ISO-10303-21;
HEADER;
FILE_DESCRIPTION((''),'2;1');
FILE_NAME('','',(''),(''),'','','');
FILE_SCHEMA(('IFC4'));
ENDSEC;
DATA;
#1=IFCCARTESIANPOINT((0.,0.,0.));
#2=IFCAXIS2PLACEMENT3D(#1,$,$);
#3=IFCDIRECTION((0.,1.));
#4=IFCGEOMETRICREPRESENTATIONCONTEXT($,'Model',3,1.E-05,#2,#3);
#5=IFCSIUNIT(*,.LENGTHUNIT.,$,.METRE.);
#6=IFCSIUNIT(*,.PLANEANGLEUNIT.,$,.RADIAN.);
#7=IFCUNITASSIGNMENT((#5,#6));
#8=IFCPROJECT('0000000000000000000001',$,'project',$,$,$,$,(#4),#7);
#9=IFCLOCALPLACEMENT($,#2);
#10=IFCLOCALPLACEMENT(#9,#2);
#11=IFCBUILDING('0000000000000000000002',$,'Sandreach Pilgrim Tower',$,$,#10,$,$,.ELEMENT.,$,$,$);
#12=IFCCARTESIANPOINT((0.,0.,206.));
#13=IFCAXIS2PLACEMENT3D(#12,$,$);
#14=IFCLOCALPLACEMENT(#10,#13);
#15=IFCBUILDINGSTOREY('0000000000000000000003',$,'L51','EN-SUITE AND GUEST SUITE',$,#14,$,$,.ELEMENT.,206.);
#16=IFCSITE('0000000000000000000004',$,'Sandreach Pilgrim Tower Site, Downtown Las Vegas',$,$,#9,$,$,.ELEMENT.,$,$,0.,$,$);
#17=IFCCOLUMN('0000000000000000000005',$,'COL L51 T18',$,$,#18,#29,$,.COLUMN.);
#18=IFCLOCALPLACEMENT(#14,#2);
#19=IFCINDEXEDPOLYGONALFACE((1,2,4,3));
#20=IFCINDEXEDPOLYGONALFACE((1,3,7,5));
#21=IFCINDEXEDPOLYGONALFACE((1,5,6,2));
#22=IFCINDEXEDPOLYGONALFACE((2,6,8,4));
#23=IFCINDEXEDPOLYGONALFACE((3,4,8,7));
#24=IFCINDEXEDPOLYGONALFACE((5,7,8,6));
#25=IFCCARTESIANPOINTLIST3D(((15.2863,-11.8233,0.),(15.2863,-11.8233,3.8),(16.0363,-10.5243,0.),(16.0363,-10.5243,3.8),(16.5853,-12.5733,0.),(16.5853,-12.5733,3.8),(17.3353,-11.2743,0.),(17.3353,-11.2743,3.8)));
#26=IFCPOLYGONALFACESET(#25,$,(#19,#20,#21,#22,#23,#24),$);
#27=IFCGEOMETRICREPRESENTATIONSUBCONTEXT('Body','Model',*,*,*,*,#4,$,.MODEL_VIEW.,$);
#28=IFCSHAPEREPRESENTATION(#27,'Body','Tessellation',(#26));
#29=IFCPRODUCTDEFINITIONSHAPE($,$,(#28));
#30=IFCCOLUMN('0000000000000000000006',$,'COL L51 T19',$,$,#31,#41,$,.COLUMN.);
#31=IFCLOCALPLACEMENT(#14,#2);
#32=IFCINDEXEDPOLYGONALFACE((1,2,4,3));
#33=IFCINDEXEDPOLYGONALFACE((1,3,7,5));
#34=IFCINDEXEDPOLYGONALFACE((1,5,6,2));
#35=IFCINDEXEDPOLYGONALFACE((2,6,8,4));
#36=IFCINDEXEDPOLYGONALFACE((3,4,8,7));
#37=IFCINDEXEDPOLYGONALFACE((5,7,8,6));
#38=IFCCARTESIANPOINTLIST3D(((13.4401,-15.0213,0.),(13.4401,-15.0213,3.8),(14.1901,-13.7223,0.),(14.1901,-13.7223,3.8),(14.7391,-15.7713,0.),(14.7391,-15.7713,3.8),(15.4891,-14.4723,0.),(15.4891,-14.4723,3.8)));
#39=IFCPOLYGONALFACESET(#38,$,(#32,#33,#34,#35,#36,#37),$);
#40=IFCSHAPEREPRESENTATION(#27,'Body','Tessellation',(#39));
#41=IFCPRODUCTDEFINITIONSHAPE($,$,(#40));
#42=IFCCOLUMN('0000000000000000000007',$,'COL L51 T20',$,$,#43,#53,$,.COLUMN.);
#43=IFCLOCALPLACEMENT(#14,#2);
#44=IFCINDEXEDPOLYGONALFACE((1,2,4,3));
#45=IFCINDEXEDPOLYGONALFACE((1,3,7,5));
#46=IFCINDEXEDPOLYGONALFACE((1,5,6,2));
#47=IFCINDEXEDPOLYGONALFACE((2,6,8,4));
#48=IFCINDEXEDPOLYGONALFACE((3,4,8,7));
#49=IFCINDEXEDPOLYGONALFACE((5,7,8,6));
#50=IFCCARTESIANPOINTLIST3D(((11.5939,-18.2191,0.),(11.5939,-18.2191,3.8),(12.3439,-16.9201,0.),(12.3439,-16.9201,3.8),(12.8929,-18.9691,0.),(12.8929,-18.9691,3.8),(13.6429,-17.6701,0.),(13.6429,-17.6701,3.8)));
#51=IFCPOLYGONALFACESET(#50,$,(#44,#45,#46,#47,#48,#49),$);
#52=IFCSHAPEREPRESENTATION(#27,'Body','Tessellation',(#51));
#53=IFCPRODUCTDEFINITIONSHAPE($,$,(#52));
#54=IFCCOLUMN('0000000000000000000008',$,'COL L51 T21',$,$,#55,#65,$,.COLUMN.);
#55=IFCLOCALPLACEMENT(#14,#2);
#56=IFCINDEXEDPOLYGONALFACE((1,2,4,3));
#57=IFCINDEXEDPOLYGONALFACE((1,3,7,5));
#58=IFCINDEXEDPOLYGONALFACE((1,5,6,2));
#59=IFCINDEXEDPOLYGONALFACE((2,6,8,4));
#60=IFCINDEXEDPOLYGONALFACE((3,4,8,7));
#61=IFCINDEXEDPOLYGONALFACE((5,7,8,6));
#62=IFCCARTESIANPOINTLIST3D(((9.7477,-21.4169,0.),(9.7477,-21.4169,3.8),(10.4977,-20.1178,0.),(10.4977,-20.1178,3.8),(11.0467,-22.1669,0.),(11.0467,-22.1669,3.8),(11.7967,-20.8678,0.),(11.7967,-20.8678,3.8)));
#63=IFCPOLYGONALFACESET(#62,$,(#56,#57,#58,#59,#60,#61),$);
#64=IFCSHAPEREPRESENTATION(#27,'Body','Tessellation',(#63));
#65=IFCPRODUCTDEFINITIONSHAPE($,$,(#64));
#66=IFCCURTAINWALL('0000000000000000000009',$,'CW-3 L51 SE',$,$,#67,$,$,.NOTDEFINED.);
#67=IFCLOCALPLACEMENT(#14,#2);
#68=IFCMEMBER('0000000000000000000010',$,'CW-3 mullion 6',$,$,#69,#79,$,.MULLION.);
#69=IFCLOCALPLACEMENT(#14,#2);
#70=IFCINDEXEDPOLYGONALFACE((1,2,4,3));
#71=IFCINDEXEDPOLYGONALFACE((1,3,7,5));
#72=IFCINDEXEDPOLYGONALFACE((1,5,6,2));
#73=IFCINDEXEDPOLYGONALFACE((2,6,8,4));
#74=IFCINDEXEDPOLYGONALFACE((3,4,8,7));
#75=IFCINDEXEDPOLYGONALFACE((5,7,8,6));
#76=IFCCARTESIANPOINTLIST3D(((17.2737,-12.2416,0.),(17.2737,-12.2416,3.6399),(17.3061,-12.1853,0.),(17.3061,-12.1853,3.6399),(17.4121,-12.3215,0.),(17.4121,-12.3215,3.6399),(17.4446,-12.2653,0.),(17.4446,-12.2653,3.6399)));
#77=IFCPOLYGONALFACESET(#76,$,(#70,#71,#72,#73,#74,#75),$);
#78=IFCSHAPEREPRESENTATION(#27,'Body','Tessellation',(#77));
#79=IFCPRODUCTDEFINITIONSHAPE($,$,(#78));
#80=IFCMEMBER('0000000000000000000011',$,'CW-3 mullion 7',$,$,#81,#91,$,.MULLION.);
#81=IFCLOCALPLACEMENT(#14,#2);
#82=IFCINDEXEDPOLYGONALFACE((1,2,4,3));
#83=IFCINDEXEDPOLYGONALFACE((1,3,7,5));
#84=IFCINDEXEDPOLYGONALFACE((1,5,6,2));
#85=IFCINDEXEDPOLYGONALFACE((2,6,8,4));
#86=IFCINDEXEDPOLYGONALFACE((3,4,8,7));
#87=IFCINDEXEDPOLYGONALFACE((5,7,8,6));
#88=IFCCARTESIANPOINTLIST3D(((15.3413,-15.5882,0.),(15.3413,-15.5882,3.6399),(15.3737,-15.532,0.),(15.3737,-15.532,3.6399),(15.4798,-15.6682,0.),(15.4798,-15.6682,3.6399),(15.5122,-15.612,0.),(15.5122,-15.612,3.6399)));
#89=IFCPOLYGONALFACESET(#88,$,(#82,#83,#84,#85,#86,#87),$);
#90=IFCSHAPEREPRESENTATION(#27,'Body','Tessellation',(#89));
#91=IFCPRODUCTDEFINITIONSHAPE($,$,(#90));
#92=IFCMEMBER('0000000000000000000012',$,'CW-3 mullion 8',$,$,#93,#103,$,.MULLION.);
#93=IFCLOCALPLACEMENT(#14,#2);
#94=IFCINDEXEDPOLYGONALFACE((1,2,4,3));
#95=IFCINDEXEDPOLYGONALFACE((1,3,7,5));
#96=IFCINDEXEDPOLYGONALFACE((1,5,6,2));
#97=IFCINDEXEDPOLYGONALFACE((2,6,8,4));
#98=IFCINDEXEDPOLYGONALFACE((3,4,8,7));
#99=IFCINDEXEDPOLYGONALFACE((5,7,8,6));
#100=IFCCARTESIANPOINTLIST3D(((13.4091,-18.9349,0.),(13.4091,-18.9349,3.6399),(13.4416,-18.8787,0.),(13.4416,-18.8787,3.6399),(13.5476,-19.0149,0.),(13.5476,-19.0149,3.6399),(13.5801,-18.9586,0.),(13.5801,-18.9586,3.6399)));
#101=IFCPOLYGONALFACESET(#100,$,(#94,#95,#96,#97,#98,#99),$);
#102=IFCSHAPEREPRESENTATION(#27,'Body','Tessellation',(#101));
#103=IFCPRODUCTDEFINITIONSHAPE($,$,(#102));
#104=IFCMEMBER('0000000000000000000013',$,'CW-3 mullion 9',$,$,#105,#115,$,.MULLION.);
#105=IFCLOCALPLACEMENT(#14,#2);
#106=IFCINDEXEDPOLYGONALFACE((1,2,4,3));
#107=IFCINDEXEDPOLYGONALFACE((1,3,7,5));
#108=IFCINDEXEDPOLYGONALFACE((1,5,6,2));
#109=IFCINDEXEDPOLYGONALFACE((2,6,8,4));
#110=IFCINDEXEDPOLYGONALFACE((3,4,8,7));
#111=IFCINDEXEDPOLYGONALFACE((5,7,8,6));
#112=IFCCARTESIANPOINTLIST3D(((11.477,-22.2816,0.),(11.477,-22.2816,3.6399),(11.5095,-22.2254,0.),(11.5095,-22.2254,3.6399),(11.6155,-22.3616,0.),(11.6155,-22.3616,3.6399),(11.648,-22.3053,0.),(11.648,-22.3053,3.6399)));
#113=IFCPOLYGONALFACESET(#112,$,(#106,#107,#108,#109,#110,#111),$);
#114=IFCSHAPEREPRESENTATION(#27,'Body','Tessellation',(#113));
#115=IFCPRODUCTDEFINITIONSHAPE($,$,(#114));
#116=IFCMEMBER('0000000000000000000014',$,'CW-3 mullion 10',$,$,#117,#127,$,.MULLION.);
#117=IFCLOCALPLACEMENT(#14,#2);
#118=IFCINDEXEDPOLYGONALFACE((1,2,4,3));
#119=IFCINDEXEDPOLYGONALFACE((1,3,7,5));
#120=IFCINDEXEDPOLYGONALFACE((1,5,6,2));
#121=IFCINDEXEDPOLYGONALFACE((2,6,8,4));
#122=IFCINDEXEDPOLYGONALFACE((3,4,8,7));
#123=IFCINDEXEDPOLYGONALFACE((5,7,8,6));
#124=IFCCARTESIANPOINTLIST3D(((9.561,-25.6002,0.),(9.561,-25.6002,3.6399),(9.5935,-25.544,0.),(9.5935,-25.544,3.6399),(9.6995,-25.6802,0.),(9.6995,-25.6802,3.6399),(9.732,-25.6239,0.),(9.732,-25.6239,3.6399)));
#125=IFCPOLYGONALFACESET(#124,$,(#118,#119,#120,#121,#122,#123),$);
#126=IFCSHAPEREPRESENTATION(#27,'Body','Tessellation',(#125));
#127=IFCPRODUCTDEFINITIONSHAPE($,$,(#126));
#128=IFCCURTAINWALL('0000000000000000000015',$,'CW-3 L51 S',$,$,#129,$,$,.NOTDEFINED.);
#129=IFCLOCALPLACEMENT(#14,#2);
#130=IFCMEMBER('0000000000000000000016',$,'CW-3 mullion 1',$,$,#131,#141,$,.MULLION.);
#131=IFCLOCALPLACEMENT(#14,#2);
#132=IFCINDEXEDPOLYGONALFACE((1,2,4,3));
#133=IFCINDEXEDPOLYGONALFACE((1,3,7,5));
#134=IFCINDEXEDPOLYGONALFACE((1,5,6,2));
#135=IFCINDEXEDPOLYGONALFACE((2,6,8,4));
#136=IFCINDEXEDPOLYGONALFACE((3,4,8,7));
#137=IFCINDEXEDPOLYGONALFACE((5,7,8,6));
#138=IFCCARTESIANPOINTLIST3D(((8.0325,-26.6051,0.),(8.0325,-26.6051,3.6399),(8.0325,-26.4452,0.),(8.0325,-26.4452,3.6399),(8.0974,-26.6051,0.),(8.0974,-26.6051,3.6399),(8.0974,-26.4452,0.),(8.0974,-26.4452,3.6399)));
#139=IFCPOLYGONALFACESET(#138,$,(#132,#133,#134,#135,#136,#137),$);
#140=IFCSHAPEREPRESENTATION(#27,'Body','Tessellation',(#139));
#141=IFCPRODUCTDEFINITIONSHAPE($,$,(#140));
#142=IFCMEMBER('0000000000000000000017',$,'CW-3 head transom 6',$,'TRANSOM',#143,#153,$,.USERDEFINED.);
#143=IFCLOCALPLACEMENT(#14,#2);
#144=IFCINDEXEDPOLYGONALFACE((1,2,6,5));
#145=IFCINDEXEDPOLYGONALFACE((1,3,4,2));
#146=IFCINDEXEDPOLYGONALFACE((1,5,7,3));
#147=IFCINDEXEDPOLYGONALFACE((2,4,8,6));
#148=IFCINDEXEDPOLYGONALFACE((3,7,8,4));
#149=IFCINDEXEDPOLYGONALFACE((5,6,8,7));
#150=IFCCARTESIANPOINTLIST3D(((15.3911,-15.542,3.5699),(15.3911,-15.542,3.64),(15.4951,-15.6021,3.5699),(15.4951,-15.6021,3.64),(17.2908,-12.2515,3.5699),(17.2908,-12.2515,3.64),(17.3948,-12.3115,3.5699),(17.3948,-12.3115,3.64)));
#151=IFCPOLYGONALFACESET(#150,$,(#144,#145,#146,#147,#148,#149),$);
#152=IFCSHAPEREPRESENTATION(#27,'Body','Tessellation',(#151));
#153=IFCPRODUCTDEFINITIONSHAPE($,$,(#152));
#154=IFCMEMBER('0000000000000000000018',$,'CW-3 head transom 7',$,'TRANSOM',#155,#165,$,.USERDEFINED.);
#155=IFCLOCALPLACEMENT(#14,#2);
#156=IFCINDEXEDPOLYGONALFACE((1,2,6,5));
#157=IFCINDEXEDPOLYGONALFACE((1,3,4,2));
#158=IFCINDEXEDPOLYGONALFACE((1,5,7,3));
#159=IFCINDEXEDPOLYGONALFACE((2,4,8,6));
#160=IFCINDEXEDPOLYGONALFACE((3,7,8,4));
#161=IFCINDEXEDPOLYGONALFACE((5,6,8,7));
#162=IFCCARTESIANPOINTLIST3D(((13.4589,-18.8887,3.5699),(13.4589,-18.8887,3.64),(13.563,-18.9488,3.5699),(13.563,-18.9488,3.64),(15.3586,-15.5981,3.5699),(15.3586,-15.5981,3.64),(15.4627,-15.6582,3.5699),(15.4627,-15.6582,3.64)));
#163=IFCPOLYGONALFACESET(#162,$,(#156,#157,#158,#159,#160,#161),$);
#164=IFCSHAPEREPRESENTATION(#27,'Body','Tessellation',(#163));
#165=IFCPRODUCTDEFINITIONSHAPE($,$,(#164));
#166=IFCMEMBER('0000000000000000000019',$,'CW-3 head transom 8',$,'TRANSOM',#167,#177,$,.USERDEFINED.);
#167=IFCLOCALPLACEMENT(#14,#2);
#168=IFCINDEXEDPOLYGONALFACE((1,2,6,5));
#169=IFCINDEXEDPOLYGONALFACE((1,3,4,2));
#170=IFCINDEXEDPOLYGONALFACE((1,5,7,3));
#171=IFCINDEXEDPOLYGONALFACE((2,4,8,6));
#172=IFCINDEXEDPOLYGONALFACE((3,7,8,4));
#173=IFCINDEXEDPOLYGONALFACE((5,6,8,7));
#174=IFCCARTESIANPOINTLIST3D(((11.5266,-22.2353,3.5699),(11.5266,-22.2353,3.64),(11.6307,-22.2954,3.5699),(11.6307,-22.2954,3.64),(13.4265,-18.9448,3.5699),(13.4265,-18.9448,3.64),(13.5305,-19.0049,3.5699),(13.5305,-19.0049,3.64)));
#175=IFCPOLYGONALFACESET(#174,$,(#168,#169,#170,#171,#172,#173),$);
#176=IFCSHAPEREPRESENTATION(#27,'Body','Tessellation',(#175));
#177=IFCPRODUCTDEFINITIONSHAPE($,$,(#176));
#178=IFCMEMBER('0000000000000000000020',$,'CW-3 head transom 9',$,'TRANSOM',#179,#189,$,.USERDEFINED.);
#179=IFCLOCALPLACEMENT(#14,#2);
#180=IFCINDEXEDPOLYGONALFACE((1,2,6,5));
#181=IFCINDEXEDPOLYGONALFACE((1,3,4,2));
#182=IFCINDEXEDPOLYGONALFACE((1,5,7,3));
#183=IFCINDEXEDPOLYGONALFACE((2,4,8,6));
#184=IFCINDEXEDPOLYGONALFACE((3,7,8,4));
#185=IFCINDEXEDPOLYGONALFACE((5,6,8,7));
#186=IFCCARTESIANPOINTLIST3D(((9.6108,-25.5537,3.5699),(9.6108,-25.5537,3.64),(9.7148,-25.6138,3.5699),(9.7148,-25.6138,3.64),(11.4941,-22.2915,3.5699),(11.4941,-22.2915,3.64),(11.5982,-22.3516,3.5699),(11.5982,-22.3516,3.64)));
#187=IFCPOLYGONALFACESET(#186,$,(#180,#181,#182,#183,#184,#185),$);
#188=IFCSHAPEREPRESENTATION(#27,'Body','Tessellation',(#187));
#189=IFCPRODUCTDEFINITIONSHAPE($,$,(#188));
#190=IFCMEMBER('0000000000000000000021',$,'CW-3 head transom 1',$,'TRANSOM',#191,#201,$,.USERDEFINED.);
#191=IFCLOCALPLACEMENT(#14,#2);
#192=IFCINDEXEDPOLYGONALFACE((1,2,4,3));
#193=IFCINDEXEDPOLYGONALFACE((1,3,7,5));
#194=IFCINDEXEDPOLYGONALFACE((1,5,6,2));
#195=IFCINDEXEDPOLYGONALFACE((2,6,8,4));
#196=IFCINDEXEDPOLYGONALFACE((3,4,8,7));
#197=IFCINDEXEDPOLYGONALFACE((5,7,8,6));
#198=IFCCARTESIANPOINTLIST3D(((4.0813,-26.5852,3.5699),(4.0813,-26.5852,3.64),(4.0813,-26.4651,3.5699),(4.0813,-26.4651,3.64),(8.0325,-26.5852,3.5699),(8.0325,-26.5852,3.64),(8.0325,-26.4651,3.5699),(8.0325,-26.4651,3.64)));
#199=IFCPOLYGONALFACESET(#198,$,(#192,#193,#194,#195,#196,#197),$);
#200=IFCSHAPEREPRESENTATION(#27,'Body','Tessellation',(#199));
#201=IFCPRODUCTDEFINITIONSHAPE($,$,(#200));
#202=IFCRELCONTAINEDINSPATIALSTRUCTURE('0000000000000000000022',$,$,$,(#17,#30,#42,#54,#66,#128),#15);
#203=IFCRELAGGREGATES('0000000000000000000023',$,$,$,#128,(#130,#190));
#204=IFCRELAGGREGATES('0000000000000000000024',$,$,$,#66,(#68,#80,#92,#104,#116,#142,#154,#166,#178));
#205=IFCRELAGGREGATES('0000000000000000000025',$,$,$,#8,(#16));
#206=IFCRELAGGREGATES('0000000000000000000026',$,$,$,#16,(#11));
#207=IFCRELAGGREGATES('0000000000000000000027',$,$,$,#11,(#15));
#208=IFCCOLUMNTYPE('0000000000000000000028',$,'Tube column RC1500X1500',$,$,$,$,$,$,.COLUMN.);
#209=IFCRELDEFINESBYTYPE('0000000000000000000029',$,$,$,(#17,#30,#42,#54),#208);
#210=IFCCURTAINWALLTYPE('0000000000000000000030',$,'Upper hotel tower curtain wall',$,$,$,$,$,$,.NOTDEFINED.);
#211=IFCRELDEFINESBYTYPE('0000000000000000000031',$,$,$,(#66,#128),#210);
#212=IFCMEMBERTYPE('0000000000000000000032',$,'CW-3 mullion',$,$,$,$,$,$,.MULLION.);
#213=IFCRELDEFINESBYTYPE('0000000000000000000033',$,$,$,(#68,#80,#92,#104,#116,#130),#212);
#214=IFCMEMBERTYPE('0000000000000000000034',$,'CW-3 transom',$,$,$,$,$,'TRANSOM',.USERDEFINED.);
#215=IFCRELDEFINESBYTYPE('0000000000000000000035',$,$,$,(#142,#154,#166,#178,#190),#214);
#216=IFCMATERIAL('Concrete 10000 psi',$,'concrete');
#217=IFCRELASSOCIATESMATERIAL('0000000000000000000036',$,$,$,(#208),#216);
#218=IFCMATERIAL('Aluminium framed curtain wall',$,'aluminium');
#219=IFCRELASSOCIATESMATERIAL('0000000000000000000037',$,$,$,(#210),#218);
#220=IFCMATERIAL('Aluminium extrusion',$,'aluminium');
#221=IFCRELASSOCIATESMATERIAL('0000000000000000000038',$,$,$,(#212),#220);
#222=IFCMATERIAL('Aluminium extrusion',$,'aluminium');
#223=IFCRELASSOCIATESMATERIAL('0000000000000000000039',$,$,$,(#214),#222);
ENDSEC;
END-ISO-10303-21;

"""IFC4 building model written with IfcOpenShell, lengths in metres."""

from ifc_helpers import new_model, si_unit, direction, frame, origin, origin_2d, place, context, subcontext, project, spatial, rectangle, extrude, material, material_profile, profile_set, type_object, element, aggregate, save


model = new_model("IFC4")

# Units and contexts
model_context = context("Model", 3, precision=1e-05, world=origin(), true_north=direction((0.0, 1.0)))
body_context = subcontext(model_context, "Body", "Model", "MODEL_VIEW")
ifc_project = project(units=[si_unit("LENGTHUNIT", "METRE"), si_unit("PLANEANGLEUNIT", "RADIAN")], contexts=[model_context])

# Site, building, storey
site_placement = place(None, origin())
site = spatial("IfcSite", under=ifc_project, at=site_placement, Name="Sandreach Pilgrim Tower Site, Downtown Las Vegas", CompositionType="ELEMENT", RefElevation=0.0)
building_placement = place(site_placement, origin())
building = spatial("IfcBuilding", under=site, at=building_placement, Name="Sandreach Pilgrim Tower", CompositionType="ELEMENT")
storey_placement = place(building_placement, frame((0.0, 0.0, 206.0)))
storey = spatial("IfcBuildingStorey", under=building, at=storey_placement, Name="L51", Description="EN-SUITE AND GUEST SUITE", CompositionType="ELEMENT", Elevation=206.0)

# Columns
ifc_material_1 = material(Name="Concrete 10000 psi", Category="concrete")
ifc_material_profile_1 = material_profile(ifc_material_1, rectangle(XDim=1.5, YDim=1.5, at=origin_2d()), Name="RC1500X1500")
ifc_profile_set_1 = profile_set([ifc_material_profile_1], Name="Concrete 10000 psi")
column_type = type_object("IfcColumnType", Name="Tube column RC1500X1500", PredefinedType="COLUMN", material=ifc_profile_set_1)
for number, where, z_axis, x_axis, name in (
    (1, (16.3108, -11.5488, 0.0), (0.0, 0.0, 1.0), (0.866025, -0.5, 0.0), "COL L51 T18"),
    (2, (14.4646, -14.7468, 0.0), (0.0, 0.0, 1.0), (0.866025, -0.5, 0.0), "COL L51 T19"),
    (3, (12.6184, -17.9446, 0.0), (0.0, 0.0, 1.0), (0.866025, -0.5, 0.0), "COL L51 T20"),
    (4, (10.7722, -21.1423, 0.0), (0.0, 0.0, 1.0), (0.866025, -0.5, 0.0), "COL L51 T21"),
):
    element("IfcColumn", number, at=place(storey_placement, frame(where, z_axis=z_axis, x_axis=x_axis)), inside=storey, type_object=column_type, Name=name, PredefinedType="COLUMN", context=body_context, shape_type="SweptSolid", body=[
        extrude(rectangle(XDim=1.5, YDim=1.5, at=origin_2d()), origin(), (0.0, 0.0, 1.0), 3.8),
    ])

# Curtain wall, members
ifc_material_2 = material(Name="Aluminium framed curtain wall", Category="aluminium")
curtain_wall_type = type_object("IfcCurtainWallType", Name="Upper hotel tower curtain wall", PredefinedType="NOTDEFINED", material=ifc_material_2)
curtain_wall_1_placement = place(storey_placement, origin())
curtain_wall_1 = element("IfcCurtainWall", 5, at=curtain_wall_1_placement, inside=storey, type_object=curtain_wall_type, Name="CW-3 L51 SE", PredefinedType="NOTDEFINED")
ifc_material_3 = material(Name="Aluminium extrusion", Category="aluminium")
ifc_material_profile_2 = material_profile(ifc_material_3, rectangle(XDim=0.0649, YDim=0.1599, at=origin_2d()), Name="CW-3M 65X160")
ifc_profile_set_2 = profile_set([ifc_material_profile_2], Name="Aluminium extrusion")
member_type_1 = type_object("IfcMemberType", Name="CW-3 mullion", PredefinedType="MULLION", material=ifc_profile_set_2)
member_1_placement = place(storey_placement, frame((17.3591, -12.2534, 0.0), z_axis=(0.0, 0.0, 1.0), x_axis=(-0.5, -0.866025, 0.0)))
member_1 = element("IfcMember", 6, at=member_1_placement, type_object=member_type_1, Name="CW-3 mullion 6", PredefinedType="MULLION", context=body_context, shape_type="SweptSolid", body=[
    extrude(rectangle(XDim=0.0649, YDim=0.1599, at=origin_2d()), origin(), (0.0, 0.0, 1.0), 3.6399),
])
member_2_placement = place(storey_placement, frame((15.4268, -15.6001, 0.0), z_axis=(0.0, 0.0, 1.0), x_axis=(-0.5, -0.866025, 0.0)))
member_2 = element("IfcMember", 7, at=member_2_placement, type_object=member_type_1, Name="CW-3 mullion 7", PredefinedType="MULLION", context=body_context, shape_type="SweptSolid", body=[
    extrude(rectangle(XDim=0.0649, YDim=0.1599, at=origin_2d()), origin(), (0.0, 0.0, 1.0), 3.6399),
])
member_3_placement = place(storey_placement, frame((13.4946, -18.9468, 0.0), z_axis=(0.0, 0.0, 1.0), x_axis=(-0.5, -0.866025, 0.0)))
member_3 = element("IfcMember", 8, at=member_3_placement, type_object=member_type_1, Name="CW-3 mullion 8", PredefinedType="MULLION", context=body_context, shape_type="SweptSolid", body=[
    extrude(rectangle(XDim=0.0649, YDim=0.1599, at=origin_2d()), origin(), (0.0, 0.0, 1.0), 3.6399),
])
member_4_placement = place(storey_placement, frame((11.5625, -22.2935, 0.0), z_axis=(0.0, 0.0, 1.0), x_axis=(-0.5, -0.866025, 0.0)))
member_4 = element("IfcMember", 9, at=member_4_placement, type_object=member_type_1, Name="CW-3 mullion 9", PredefinedType="MULLION", context=body_context, shape_type="SweptSolid", body=[
    extrude(rectangle(XDim=0.0649, YDim=0.1599, at=origin_2d()), origin(), (0.0, 0.0, 1.0), 3.6399),
])
member_5_placement = place(storey_placement, frame((9.6465, -25.6121, 0.0), z_axis=(0.0, 0.0, 1.0), x_axis=(-0.5, -0.866025, 0.0)))
member_5 = element("IfcMember", 10, at=member_5_placement, type_object=member_type_1, Name="CW-3 mullion 10", PredefinedType="MULLION", context=body_context, shape_type="SweptSolid", body=[
    extrude(rectangle(XDim=0.0649, YDim=0.1599, at=origin_2d()), origin(), (0.0, 0.0, 1.0), 3.6399),
])

# Curtain wall, member
curtain_wall_2_placement = place(storey_placement, origin())
curtain_wall_2 = element("IfcCurtainWall", 11, at=curtain_wall_2_placement, inside=storey, type_object=curtain_wall_type, Name="CW-3 L51 S", PredefinedType="NOTDEFINED")
member_6_placement = place(storey_placement, frame((8.0649, -26.5251, 0.0), z_axis=(0.0, 0.0, 1.0), x_axis=(-1.0, 0.0, 0.0)))
member_6 = element("IfcMember", 12, at=member_6_placement, type_object=member_type_1, Name="CW-3 mullion 1", PredefinedType="MULLION", context=body_context, shape_type="SweptSolid", body=[
    extrude(rectangle(XDim=0.0649, YDim=0.1599, at=origin_2d()), origin(), (0.0, 0.0, 1.0), 3.6399),
])

# Members
ifc_material_4 = material(Name="Aluminium extrusion", Category="aluminium")
ifc_material_profile_3 = material_profile(ifc_material_4, rectangle(XDim=0.1201, YDim=0.0701, at=origin_2d()), Name="CW-3T 120X70")
ifc_profile_set_3 = profile_set([ifc_material_profile_3], Name="Aluminium extrusion")
member_type_2 = type_object("IfcMemberType", Name="CW-3 transom", ElementType="TRANSOM", PredefinedType="USERDEFINED", material=ifc_profile_set_3)
member_7_placement = place(storey_placement, frame((17.3428, -12.2815, 3.605), z_axis=(-0.499975, -0.86604, 0.0), x_axis=(0.86604, -0.499975, 0.0)))
member_7 = element("IfcMember", 13, at=member_7_placement, type_object=member_type_2, Name="CW-3 head transom 6", ObjectType="TRANSOM", PredefinedType="USERDEFINED", context=body_context, shape_type="SweptSolid", body=[
    extrude(rectangle(XDim=0.1201, YDim=0.0701, at=origin_2d()), origin(), (0.0, 0.0, 1.0), 3.7996),
])
member_8_placement = place(storey_placement, frame((15.4106, -15.6282, 3.605), z_axis=(-0.499975, -0.86604, 0.0), x_axis=(0.86604, -0.499975, 0.0)))
member_8 = element("IfcMember", 14, at=member_8_placement, type_object=member_type_2, Name="CW-3 head transom 7", ObjectType="TRANSOM", PredefinedType="USERDEFINED", context=body_context, shape_type="SweptSolid", body=[
    extrude(rectangle(XDim=0.1201, YDim=0.0701, at=origin_2d()), origin(), (0.0, 0.0, 1.0), 3.7996),
])
member_9_placement = place(storey_placement, frame((13.4785, -18.9749, 3.605), z_axis=(-0.500023, -0.866012, 0.0), x_axis=(0.866012, -0.500023, 0.0)))
member_9 = element("IfcMember", 15, at=member_9_placement, type_object=member_type_2, Name="CW-3 head transom 8", ObjectType="TRANSOM", PredefinedType="USERDEFINED", context=body_context, shape_type="SweptSolid", body=[
    extrude(rectangle(XDim=0.1201, YDim=0.0701, at=origin_2d()), origin(), (0.0, 0.0, 1.0), 3.7996),
])
member_10_placement = place(storey_placement, frame((11.5461, -22.3215, 3.605), z_axis=(-0.499973, -0.866041, 0.0), x_axis=(0.866041, -0.499973, 0.0)))
member_10 = element("IfcMember", 16, at=member_10_placement, type_object=member_type_2, Name="CW-3 head transom 9", ObjectType="TRANSOM", PredefinedType="USERDEFINED", context=body_context, shape_type="SweptSolid", body=[
    extrude(rectangle(XDim=0.1201, YDim=0.0701, at=origin_2d()), origin(), (0.0, 0.0, 1.0), 3.7668),
])
member_11_placement = place(storey_placement, frame((8.0325, -26.5251, 3.605), z_axis=(-1.0, 0.0, 0.0), x_axis=(0.0, -1.0, 0.0)))
member_11 = element("IfcMember", 17, at=member_11_placement, type_object=member_type_2, Name="CW-3 head transom 1", ObjectType="TRANSOM", PredefinedType="USERDEFINED", context=body_context, shape_type="SweptSolid", body=[
    extrude(rectangle(XDim=0.1201, YDim=0.0701, at=origin_2d()), origin(), (0.0, 0.0, 1.0), 3.9512),
])
aggregate(curtain_wall_2, [member_6, member_11])

aggregate(curtain_wall_1, [member_1, member_2, member_3, member_4, member_5, member_7, member_8, member_9, member_10])

save(model, "model.ifc")
